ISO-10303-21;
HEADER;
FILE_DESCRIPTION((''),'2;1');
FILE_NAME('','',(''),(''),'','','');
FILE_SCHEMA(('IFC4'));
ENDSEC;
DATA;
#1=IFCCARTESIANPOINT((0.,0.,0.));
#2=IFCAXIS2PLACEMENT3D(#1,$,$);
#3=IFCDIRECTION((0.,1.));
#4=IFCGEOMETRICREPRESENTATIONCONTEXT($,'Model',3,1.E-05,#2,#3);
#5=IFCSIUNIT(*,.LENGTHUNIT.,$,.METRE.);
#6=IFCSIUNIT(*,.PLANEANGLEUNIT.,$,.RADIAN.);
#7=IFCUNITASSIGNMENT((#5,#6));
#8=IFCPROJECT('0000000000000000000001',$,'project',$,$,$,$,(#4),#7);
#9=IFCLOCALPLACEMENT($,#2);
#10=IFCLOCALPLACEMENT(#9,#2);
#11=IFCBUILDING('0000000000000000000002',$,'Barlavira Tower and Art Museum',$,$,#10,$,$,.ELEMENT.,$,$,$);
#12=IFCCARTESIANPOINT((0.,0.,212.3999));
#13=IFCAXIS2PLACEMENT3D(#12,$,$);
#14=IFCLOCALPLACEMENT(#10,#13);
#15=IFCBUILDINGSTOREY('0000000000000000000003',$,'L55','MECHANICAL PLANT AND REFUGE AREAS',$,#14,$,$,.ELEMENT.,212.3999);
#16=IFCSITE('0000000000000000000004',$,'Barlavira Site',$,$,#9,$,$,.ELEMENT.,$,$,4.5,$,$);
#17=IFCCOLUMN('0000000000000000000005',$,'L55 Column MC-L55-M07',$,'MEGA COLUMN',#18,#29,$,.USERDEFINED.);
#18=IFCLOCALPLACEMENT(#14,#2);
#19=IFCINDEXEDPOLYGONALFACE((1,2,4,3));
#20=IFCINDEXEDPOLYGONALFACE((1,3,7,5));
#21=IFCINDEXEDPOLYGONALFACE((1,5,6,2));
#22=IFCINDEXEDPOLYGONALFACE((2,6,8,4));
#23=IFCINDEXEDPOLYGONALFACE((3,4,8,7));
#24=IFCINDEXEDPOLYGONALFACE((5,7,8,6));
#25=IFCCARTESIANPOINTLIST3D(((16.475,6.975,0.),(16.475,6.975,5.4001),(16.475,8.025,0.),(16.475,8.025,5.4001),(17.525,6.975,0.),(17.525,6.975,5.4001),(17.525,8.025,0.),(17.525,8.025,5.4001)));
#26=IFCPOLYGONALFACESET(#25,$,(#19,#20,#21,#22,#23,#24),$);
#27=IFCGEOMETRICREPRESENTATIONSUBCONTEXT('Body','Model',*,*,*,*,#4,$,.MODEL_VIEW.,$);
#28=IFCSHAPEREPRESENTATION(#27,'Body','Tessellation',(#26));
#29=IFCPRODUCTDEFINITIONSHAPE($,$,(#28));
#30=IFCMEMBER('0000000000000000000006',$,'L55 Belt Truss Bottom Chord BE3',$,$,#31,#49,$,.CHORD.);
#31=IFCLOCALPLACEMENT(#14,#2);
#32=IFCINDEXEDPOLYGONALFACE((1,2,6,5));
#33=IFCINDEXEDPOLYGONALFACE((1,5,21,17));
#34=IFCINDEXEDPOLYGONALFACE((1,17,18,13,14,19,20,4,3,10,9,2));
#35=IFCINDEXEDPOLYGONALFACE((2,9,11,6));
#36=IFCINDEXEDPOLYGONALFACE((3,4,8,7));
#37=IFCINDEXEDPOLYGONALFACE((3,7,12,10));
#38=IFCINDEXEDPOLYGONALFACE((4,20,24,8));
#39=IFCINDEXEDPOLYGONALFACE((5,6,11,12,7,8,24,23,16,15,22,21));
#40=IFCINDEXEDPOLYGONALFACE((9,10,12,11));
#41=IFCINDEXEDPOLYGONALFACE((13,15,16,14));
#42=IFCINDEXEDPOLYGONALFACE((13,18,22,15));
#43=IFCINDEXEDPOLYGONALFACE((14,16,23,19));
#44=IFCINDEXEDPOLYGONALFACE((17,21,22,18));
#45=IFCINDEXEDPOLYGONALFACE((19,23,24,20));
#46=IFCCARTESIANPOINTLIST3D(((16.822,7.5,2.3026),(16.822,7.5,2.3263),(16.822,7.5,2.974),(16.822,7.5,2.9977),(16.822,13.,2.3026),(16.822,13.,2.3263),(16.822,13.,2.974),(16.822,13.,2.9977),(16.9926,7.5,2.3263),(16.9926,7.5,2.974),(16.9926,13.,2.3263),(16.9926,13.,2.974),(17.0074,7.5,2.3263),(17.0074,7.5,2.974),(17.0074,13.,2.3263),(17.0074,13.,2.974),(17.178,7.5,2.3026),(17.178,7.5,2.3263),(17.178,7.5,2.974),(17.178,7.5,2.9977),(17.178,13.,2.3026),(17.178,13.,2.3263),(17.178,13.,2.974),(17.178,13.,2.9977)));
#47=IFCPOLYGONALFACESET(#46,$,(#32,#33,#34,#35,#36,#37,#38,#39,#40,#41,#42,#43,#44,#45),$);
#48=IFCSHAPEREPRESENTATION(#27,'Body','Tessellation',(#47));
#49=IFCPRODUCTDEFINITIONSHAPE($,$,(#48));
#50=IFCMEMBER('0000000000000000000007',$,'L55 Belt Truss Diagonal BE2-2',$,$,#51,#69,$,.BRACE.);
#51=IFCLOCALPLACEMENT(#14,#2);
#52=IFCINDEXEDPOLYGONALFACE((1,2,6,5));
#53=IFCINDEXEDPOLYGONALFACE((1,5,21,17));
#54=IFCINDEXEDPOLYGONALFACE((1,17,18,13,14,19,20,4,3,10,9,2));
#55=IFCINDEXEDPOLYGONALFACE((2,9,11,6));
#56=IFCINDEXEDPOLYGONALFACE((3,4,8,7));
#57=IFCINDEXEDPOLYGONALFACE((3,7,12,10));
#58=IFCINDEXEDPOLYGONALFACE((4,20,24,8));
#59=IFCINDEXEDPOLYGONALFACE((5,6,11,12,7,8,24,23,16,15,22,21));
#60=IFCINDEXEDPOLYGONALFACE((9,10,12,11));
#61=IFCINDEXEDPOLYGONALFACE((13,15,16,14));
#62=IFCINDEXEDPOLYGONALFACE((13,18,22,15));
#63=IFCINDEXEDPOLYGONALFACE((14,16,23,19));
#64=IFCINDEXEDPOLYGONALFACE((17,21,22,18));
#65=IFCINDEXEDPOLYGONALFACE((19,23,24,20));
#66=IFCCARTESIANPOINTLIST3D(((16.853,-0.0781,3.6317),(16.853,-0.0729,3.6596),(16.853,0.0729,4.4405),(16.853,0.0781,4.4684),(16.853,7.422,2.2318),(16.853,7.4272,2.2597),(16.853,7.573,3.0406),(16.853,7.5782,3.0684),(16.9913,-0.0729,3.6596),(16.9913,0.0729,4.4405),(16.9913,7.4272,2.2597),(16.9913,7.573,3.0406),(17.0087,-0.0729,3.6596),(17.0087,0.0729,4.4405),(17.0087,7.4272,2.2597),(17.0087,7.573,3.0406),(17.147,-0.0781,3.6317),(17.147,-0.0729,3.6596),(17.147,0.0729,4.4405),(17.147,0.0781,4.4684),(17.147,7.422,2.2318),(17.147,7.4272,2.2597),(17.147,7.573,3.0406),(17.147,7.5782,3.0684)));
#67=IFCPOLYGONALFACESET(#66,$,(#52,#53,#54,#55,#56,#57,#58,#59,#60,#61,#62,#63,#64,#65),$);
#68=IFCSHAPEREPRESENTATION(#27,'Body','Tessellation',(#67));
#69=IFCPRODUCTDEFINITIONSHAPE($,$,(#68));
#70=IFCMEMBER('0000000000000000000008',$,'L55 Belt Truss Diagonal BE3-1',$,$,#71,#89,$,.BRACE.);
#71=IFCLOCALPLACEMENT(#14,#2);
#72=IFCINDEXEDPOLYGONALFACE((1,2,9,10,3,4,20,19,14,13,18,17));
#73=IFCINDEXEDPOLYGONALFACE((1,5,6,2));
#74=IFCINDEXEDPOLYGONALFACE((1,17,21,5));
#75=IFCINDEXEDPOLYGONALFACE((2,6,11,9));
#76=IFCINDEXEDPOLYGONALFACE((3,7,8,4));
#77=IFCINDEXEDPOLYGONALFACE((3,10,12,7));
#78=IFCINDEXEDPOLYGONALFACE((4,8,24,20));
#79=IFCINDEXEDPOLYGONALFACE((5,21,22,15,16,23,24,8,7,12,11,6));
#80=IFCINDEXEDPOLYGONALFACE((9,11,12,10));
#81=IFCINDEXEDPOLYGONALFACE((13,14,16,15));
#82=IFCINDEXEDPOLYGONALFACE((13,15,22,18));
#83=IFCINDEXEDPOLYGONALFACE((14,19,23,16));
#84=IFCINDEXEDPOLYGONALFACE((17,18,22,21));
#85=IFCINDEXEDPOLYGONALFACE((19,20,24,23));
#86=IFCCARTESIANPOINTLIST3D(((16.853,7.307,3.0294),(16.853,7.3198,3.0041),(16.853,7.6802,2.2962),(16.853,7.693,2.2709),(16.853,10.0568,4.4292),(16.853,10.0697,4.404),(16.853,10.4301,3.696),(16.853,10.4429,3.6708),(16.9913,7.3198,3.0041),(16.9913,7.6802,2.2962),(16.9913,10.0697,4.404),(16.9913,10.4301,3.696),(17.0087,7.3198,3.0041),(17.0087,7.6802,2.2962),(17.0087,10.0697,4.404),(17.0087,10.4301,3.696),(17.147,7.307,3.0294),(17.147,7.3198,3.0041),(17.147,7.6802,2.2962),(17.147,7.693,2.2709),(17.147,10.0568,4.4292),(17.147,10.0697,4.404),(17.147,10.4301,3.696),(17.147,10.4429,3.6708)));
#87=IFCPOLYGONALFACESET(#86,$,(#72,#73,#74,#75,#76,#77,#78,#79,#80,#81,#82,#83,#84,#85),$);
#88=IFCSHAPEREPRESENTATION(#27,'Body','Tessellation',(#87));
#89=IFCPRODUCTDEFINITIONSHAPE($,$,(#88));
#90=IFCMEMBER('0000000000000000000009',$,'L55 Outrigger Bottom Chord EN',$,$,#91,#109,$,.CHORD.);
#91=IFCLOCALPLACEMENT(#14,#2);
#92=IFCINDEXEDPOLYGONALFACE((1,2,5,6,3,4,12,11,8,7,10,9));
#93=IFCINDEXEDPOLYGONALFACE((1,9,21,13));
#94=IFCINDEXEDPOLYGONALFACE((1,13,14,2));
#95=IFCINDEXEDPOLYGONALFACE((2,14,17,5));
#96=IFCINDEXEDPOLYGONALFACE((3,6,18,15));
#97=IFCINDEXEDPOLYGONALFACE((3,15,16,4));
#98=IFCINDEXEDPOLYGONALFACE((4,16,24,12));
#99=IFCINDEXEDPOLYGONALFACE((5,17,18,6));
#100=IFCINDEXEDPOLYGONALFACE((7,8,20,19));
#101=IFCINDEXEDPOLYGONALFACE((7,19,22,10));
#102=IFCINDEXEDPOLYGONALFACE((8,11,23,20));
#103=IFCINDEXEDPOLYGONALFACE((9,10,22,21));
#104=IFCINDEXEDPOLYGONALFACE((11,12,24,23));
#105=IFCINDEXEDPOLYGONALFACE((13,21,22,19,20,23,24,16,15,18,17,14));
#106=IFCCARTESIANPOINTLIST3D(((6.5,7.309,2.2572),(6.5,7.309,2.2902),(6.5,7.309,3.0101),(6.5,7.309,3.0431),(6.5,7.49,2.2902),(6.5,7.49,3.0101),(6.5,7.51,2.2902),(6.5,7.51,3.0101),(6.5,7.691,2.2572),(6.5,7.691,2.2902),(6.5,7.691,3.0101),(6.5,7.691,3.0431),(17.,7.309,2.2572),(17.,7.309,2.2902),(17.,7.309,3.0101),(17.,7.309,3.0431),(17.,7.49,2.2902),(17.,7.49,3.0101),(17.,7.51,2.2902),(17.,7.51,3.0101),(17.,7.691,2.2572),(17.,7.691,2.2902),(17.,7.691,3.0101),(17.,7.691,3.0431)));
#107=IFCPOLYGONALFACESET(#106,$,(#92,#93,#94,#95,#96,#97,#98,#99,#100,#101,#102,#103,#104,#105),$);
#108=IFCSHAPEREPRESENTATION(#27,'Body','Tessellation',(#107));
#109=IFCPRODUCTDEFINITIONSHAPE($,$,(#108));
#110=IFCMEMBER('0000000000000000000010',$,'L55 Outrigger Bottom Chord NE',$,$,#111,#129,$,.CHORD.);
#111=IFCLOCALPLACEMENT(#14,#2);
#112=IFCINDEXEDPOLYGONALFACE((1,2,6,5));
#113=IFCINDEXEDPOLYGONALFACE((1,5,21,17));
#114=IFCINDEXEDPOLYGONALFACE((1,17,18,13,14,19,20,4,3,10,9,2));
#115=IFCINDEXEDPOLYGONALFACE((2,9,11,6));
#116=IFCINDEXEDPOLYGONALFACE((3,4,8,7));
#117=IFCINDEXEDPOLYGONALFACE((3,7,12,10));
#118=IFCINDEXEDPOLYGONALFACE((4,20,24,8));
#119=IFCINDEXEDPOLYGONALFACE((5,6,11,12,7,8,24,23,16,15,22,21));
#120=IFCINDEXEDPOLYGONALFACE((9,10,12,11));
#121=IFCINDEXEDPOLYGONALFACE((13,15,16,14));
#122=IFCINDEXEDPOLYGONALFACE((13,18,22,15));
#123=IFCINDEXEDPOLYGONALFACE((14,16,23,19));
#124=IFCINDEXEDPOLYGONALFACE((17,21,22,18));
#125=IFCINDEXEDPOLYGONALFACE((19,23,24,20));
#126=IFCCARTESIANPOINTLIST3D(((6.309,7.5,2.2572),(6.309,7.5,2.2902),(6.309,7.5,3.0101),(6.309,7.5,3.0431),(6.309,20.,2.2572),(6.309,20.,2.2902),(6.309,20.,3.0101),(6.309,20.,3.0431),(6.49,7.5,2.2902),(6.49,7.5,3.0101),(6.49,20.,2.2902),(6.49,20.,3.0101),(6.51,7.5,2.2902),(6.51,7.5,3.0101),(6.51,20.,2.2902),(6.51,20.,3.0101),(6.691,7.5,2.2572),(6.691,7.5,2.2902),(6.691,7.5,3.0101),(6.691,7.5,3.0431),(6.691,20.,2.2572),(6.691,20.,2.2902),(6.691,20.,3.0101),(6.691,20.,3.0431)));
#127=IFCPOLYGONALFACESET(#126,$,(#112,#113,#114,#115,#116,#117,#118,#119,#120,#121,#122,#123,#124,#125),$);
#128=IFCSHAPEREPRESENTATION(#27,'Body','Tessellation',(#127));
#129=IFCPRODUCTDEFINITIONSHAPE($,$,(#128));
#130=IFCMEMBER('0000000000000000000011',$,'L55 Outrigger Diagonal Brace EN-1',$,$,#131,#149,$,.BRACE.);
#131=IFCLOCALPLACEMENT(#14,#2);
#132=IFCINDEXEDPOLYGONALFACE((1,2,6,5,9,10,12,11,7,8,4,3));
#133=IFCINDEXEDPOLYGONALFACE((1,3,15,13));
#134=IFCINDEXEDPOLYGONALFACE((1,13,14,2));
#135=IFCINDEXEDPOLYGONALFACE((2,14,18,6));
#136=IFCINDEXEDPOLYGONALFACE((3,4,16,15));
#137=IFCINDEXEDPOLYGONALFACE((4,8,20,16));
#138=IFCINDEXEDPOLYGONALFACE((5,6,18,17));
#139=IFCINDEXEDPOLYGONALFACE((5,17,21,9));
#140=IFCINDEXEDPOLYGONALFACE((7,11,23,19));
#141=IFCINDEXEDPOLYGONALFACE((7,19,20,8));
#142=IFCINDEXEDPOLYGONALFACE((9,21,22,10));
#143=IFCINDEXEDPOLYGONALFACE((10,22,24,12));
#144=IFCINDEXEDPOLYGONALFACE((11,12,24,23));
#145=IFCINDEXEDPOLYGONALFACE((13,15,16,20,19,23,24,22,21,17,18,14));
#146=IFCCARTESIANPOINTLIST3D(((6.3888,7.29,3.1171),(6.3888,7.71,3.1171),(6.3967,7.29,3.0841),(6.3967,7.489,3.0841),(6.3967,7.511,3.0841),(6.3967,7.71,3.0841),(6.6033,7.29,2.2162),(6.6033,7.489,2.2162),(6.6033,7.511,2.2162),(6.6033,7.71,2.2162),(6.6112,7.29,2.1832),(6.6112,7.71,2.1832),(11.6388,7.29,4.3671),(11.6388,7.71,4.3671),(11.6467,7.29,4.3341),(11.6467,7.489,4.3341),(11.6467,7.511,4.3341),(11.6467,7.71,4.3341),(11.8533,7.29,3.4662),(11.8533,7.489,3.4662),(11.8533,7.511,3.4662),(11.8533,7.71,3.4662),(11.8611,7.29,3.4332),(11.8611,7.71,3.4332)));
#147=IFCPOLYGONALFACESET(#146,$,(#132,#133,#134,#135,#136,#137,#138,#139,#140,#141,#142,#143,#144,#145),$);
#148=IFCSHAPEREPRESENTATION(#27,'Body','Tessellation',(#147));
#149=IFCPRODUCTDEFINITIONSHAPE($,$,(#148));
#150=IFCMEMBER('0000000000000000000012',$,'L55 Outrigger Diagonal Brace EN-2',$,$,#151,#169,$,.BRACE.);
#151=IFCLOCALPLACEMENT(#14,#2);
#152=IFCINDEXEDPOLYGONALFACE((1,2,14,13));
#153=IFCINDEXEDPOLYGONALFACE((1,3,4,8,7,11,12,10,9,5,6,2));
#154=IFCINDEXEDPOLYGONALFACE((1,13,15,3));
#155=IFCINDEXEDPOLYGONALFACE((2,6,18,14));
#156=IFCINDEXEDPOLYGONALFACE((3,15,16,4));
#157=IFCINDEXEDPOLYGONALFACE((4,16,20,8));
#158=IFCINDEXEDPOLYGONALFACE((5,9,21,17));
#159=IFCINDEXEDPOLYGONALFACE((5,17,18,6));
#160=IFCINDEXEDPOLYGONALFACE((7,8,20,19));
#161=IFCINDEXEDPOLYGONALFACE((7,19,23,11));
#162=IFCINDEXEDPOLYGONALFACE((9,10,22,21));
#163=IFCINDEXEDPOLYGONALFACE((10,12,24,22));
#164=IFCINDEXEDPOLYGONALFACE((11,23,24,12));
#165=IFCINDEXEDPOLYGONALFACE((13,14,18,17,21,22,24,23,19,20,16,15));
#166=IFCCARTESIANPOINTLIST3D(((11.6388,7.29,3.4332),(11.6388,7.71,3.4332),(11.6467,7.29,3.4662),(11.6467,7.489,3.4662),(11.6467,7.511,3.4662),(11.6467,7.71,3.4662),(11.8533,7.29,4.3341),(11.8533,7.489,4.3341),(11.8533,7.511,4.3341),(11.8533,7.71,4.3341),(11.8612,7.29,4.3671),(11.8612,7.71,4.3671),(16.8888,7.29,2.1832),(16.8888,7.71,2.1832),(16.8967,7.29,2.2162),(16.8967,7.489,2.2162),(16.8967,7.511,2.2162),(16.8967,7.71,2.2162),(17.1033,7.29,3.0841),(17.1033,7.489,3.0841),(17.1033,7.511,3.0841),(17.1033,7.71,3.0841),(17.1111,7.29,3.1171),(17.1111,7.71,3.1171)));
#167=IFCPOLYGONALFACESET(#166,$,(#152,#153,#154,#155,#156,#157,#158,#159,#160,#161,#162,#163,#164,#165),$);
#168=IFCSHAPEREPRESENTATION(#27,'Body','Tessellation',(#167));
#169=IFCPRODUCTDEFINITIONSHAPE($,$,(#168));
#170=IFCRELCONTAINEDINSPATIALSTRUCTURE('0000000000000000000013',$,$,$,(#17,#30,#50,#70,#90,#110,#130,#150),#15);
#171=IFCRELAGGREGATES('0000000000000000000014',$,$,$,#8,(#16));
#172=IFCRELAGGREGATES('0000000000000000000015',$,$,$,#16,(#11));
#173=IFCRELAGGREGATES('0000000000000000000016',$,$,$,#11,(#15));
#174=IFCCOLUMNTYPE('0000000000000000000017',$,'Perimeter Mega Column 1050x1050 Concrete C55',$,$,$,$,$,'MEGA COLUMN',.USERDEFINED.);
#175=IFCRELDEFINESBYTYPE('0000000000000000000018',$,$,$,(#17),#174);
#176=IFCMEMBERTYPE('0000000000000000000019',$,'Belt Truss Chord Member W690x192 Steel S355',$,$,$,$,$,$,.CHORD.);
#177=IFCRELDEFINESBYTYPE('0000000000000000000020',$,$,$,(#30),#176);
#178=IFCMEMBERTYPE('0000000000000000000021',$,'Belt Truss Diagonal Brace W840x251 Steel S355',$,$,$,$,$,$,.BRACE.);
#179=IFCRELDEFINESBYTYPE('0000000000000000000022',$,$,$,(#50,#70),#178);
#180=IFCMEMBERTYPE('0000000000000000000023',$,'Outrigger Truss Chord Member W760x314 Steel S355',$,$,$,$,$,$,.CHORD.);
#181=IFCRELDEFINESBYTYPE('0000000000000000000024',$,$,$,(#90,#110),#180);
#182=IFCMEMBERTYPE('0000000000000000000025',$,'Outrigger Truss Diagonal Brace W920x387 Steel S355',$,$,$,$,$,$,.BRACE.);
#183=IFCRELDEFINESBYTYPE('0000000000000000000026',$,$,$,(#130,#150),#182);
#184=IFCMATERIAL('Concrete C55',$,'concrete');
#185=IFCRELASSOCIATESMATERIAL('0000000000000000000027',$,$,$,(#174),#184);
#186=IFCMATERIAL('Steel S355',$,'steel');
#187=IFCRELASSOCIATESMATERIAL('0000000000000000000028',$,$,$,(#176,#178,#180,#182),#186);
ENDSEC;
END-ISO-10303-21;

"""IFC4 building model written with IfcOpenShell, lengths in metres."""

from ifc_helpers import new_model, si_unit, direction, frame, origin, origin_2d, place, context, subcontext, project, spatial, rectangle, i_section, extrude, material, material_profile, profile_set, type_object, element, save


model = new_model("IFC4")

# Units and contexts
model_context = context("Model", 3, precision=1e-05, world=origin(), true_north=direction((0.0, 1.0)))
body_context = subcontext(model_context, "Body", "Model", "MODEL_VIEW")
ifc_project = project(units=[si_unit("LENGTHUNIT", "METRE"), si_unit("PLANEANGLEUNIT", "RADIAN")], contexts=[model_context])

# Site, building, storey
site_placement = place(None, origin())
site = spatial("IfcSite", under=ifc_project, at=site_placement, Name="Barlavira Site", CompositionType="ELEMENT", RefElevation=4.5)
building_placement = place(site_placement, origin())
building = spatial("IfcBuilding", under=site, at=building_placement, Name="Barlavira Tower and Art Museum", CompositionType="ELEMENT")
storey_placement = place(building_placement, frame((0.0, 0.0, 212.3999)))
storey = spatial("IfcBuildingStorey", under=building, at=storey_placement, Name="L55", Description="MECHANICAL PLANT AND REFUGE AREAS", CompositionType="ELEMENT", Elevation=212.3999)

# Column
ifc_material_1 = material(Name="Concrete C55", Category="concrete")
ifc_material_profile_1 = material_profile(ifc_material_1, rectangle(XDim=1.05, YDim=1.05, at=origin_2d()), Name="RC-COL 1050x1050")
ifc_profile_set_1 = profile_set([ifc_material_profile_1], Name="Concrete C55")
column_type = type_object("IfcColumnType", Name="Perimeter Mega Column 1050x1050 Concrete C55", ElementType="MEGA COLUMN", PredefinedType="USERDEFINED", material=ifc_profile_set_1)
column_placement = place(storey_placement, frame((17.0, 7.5, 0.0), z_axis=(0.0, 0.0, 1.0), x_axis=(1.0, 0.0, 0.0)))
element("IfcColumn", 1, at=column_placement, inside=storey, type_object=column_type, Name="L55 Column MC-L55-M07", ObjectType="MEGA COLUMN", PredefinedType="USERDEFINED", context=body_context, shape_type="SweptSolid", body=[
    extrude(rectangle(XDim=1.05, YDim=1.05, at=origin_2d()), origin(), (0.0, 0.0, 1.0), 5.4001),
])

# Members
ifc_material_2 = material(Name="Steel S355", Category="steel")
ifc_material_profile_2 = material_profile(ifc_material_2, i_section(OverallWidth=0.356, OverallDepth=0.6951, WebThickness=0.0149, FlangeThickness=0.0237, at=origin_2d()), Name="W690x192.0")
ifc_profile_set_2 = profile_set([ifc_material_profile_2], Name="Steel S355")
member_type_1 = type_object("IfcMemberType", Name="Belt Truss Chord Member W690x192 Steel S355", PredefinedType="CHORD", material=ifc_profile_set_2)
member_1_placement = place(storey_placement, frame((17.0, 7.5, 2.6501), z_axis=(0.0, 1.0, 0.0), x_axis=(-1.0, 0.0, 0.0)))
element("IfcMember", 2, at=member_1_placement, inside=storey, type_object=member_type_1, Name="L55 Belt Truss Bottom Chord BE3", PredefinedType="CHORD", context=body_context, shape_type="SweptSolid", body=[
    extrude(i_section(OverallWidth=0.356, OverallDepth=0.6951, WebThickness=0.0149, FlangeThickness=0.0237, at=origin_2d()), origin(), (0.0, 0.0, 1.0), 5.5),
])
ifc_material_profile_3 = material_profile(ifc_material_2, i_section(OverallWidth=0.2939, OverallDepth=0.8511, WebThickness=0.0173, FlangeThickness=0.0283, at=origin_2d()), Name="W840x251.0")
ifc_profile_set_3 = profile_set([ifc_material_profile_3], Name="Steel S355")
member_type_2 = type_object("IfcMemberType", Name="Belt Truss Diagonal Brace W840x251 Steel S355", PredefinedType="BRACE", material=ifc_profile_set_3)
member_2_placement = place(storey_placement, frame((17.0, 0.0, 4.05), z_axis=(0.0, 0.983023, -0.183485), x_axis=(-1.0, 0.0, 0.0)))
element("IfcMember", 3, at=member_2_placement, inside=storey, type_object=member_type_2, Name="L55 Belt Truss Diagonal BE2-2", PredefinedType="BRACE", context=body_context, shape_type="SweptSolid", body=[
    extrude(i_section(OverallWidth=0.2939, OverallDepth=0.8511, WebThickness=0.0173, FlangeThickness=0.0283, at=origin_2d()), origin(), (0.0, 0.0, 1.0), 7.6296),
])
member_3_placement = place(storey_placement, frame((17.0, 7.5, 2.6501), z_axis=(0.0, 0.891176, 0.453658), x_axis=(-1.0, 0.0, 0.0)))
element("IfcMember", 4, at=member_3_placement, inside=storey, type_object=member_type_2, Name="L55 Belt Truss Diagonal BE3-1", PredefinedType="BRACE", context=body_context, shape_type="SweptSolid", body=[
    extrude(i_section(OverallWidth=0.2939, OverallDepth=0.8511, WebThickness=0.0173, FlangeThickness=0.0283, at=origin_2d()), origin(), (0.0, 0.0, 1.0), 3.0857),
])
ifc_material_profile_4 = material_profile(ifc_material_2, i_section(OverallWidth=0.3821, OverallDepth=0.7859, WebThickness=0.02, FlangeThickness=0.033, at=origin_2d()), Name="W760x314.0")
ifc_profile_set_4 = profile_set([ifc_material_profile_4], Name="Steel S355")
member_type_3 = type_object("IfcMemberType", Name="Outrigger Truss Chord Member W760x314 Steel S355", PredefinedType="CHORD", material=ifc_profile_set_4)
member_4_placement = place(storey_placement, frame((6.5, 7.5, 2.6501), z_axis=(1.0, 0.0, 0.0), x_axis=(0.0, 1.0, 0.0)))
element("IfcMember", 5, at=member_4_placement, inside=storey, type_object=member_type_3, Name="L55 Outrigger Bottom Chord EN", PredefinedType="CHORD", context=body_context, shape_type="SweptSolid", body=[
    extrude(i_section(OverallWidth=0.3821, OverallDepth=0.7859, WebThickness=0.02, FlangeThickness=0.033, at=origin_2d()), origin(), (0.0, 0.0, 1.0), 10.5),
])
member_5_placement = place(storey_placement, frame((6.5, 7.5, 2.6501), z_axis=(0.0, 1.0, 0.0), x_axis=(-1.0, 0.0, 0.0)))
element("IfcMember", 6, at=member_5_placement, inside=storey, type_object=member_type_3, Name="L55 Outrigger Bottom Chord NE", PredefinedType="CHORD", context=body_context, shape_type="SweptSolid", body=[
    extrude(i_section(OverallWidth=0.3821, OverallDepth=0.7859, WebThickness=0.02, FlangeThickness=0.033, at=origin_2d()), origin(), (0.0, 0.0, 1.0), 12.5),
])
ifc_material_profile_5 = material_profile(ifc_material_2, i_section(OverallWidth=0.4199, OverallDepth=0.96, WebThickness=0.022, FlangeThickness=0.0339, at=origin_2d()), Name="W920x387.0")
ifc_profile_set_5 = profile_set([ifc_material_profile_5], Name="Steel S355")
member_type_4 = type_object("IfcMemberType", Name="Outrigger Truss Diagonal Brace W920x387 Steel S355", PredefinedType="BRACE", material=ifc_profile_set_5)
for number, where, z_axis, x_axis, name in (
    (7, (6.5, 7.5, 2.6501), (0.972806, 0.0, 0.231621), (0.0, 1.0, 0.0), "L55 Outrigger Diagonal Brace EN-1"),
    (8, (11.75, 7.5, 3.9001), (0.972806, 0.0, -0.231621), (0.0, 1.0, 0.0), "L55 Outrigger Diagonal Brace EN-2"),
):
    element("IfcMember", number, at=place(storey_placement, frame(where, z_axis=z_axis, x_axis=x_axis)), inside=storey, type_object=member_type_4, Name=name, PredefinedType="BRACE", context=body_context, shape_type="SweptSolid", body=[
        extrude(i_section(OverallWidth=0.4199, OverallDepth=0.96, WebThickness=0.022, FlangeThickness=0.0339, at=origin_2d()), origin(), (0.0, 0.0, 1.0), 5.3967),
    ])

save(model, "model.ifc")
